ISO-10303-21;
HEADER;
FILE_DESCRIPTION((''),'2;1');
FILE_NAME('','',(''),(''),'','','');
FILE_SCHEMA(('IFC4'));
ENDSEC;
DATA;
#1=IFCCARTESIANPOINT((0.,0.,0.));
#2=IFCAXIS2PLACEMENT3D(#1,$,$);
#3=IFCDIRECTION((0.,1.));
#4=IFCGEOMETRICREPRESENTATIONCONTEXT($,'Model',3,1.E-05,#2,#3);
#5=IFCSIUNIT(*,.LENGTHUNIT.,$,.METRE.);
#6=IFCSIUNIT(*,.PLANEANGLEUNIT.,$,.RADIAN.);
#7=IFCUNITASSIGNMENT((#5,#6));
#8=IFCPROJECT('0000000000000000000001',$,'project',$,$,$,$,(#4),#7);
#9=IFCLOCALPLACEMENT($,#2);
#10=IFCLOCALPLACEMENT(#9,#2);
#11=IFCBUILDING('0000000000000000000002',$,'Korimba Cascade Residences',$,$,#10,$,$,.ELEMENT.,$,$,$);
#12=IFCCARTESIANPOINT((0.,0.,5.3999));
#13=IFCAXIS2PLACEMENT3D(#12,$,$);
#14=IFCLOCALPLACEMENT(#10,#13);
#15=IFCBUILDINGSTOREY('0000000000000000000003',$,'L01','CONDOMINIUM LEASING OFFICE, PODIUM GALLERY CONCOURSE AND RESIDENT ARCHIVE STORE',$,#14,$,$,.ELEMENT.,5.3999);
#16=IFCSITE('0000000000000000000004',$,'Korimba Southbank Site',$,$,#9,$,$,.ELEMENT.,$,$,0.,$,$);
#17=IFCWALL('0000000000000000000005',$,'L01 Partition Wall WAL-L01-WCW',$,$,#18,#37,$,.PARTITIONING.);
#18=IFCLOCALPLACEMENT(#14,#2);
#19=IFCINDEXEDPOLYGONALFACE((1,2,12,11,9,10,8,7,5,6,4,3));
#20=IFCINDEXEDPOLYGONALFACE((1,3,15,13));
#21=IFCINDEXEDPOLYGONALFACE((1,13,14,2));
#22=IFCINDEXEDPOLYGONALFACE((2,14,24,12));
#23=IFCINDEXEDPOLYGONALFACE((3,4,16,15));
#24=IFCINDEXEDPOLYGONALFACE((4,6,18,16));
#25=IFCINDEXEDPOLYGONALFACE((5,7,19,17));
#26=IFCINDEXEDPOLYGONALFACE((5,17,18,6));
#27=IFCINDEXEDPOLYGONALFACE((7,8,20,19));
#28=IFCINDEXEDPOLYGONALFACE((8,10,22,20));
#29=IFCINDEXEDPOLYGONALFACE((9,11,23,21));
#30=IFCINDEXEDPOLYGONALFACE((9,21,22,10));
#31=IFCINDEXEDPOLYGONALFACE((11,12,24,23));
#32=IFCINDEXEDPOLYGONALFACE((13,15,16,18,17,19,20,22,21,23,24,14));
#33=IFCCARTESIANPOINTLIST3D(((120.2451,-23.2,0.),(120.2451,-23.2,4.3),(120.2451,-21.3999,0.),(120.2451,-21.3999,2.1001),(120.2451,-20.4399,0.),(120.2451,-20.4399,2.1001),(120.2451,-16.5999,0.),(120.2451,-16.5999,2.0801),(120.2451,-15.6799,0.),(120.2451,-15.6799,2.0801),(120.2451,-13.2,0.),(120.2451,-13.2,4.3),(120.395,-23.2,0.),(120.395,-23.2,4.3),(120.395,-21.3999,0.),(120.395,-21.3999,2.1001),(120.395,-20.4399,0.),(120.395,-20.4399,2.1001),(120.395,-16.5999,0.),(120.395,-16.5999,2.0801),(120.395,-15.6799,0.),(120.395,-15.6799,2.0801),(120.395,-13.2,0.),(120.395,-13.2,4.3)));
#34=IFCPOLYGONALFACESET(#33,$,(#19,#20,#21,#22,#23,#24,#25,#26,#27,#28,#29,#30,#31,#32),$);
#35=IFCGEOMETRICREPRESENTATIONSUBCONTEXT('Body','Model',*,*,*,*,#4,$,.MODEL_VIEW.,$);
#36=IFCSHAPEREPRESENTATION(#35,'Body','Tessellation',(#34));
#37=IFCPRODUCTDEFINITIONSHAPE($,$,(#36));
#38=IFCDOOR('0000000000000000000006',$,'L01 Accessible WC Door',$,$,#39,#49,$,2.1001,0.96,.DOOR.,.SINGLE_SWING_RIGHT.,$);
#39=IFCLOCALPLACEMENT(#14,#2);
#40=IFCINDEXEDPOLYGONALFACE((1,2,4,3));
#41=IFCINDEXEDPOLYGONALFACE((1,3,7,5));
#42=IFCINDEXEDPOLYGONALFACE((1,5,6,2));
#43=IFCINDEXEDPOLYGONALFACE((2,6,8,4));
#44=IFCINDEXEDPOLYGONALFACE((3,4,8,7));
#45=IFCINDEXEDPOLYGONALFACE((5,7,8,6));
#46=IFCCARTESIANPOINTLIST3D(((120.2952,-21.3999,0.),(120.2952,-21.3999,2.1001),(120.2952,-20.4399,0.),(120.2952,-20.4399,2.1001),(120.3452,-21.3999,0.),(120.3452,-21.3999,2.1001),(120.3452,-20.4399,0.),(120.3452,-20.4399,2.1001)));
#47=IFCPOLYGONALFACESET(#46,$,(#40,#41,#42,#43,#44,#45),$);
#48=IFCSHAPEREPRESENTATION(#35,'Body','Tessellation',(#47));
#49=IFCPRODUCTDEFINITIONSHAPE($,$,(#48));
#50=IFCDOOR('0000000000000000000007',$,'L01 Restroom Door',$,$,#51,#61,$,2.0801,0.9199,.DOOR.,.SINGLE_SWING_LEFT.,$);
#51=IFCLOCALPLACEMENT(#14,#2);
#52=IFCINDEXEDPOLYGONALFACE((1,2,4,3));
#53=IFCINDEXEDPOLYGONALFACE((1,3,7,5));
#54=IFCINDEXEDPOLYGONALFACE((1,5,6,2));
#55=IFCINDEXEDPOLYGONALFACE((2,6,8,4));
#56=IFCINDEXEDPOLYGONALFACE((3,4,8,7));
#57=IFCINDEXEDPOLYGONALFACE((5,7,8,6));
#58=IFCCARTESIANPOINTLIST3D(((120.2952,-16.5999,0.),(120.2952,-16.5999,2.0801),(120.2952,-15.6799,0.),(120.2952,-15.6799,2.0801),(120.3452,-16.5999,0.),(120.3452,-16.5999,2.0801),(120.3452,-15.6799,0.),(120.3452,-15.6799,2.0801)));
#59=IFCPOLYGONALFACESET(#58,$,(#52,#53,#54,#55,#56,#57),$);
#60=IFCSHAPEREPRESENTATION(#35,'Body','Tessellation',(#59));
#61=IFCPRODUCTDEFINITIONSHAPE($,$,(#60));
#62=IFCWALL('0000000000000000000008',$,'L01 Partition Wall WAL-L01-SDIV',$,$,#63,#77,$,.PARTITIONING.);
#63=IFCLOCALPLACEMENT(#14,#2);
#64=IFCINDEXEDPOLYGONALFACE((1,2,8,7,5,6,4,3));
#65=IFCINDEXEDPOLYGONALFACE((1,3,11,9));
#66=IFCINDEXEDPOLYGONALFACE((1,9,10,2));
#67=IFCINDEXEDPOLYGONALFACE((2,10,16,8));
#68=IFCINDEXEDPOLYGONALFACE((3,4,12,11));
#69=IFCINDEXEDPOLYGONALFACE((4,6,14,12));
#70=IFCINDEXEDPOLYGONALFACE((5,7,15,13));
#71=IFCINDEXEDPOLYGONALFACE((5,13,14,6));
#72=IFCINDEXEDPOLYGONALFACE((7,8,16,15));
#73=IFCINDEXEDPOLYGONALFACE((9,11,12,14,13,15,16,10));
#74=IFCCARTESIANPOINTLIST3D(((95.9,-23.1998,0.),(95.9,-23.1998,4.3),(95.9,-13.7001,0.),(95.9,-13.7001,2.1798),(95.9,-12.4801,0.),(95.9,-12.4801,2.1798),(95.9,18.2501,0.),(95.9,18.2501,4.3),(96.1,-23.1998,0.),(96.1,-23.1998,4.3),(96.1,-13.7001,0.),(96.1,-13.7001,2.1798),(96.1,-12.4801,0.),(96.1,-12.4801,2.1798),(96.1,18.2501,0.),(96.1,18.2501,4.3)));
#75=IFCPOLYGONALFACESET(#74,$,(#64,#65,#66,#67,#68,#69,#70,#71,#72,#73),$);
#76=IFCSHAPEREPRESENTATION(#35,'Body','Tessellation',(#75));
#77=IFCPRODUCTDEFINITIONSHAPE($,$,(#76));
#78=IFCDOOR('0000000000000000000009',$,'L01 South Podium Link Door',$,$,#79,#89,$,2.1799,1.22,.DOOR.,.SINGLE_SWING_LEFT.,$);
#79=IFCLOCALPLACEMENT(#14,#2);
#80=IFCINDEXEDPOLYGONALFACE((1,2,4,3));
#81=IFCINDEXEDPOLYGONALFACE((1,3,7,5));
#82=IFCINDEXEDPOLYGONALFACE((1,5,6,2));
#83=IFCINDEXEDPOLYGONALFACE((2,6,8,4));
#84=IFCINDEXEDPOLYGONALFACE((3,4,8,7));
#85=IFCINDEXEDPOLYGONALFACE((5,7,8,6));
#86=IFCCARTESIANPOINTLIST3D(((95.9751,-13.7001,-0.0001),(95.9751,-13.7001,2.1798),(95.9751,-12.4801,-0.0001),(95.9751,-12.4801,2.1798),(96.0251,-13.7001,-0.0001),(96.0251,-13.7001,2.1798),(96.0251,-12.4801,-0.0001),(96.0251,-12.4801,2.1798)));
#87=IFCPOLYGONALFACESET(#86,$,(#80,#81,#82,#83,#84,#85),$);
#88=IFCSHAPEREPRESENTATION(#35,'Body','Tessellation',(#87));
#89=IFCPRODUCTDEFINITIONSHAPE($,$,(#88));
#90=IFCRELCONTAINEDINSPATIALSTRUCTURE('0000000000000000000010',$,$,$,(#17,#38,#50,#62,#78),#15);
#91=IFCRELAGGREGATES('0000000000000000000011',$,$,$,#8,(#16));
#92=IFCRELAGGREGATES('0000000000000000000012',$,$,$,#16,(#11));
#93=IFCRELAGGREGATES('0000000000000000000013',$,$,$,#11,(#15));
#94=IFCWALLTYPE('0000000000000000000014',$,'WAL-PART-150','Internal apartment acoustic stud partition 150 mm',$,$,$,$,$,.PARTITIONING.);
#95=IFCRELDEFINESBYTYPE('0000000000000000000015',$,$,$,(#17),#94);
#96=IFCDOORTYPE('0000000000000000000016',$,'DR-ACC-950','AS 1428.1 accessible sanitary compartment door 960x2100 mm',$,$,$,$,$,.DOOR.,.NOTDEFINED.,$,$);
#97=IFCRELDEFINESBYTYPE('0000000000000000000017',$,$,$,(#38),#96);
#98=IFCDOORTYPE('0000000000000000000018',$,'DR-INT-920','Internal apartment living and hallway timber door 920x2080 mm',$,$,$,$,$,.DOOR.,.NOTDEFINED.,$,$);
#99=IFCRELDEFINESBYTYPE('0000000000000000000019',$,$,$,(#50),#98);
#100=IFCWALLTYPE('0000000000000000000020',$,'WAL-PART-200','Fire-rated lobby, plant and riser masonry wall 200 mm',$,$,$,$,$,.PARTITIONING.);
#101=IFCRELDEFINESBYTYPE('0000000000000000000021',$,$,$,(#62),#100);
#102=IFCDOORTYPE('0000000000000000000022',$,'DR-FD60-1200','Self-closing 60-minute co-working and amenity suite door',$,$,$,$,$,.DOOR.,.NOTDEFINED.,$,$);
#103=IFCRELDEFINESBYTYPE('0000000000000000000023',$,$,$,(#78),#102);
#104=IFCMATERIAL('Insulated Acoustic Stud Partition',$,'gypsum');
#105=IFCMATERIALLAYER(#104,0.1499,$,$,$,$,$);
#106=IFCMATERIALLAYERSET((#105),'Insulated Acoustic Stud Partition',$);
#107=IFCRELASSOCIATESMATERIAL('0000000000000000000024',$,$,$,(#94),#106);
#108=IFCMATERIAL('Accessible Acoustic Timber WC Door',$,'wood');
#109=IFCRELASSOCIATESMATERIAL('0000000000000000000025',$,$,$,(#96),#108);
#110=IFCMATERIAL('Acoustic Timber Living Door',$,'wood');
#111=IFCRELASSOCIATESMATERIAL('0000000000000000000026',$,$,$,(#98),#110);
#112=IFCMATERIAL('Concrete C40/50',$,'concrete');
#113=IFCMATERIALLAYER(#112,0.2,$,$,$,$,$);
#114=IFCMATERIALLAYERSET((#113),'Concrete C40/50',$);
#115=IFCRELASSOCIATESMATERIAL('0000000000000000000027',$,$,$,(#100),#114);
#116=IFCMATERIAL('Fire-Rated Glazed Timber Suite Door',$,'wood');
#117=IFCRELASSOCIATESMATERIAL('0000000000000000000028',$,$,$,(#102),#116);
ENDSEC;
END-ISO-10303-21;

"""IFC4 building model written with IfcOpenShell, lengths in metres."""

from ifc_helpers import new_model, si_unit, direction, frame, frame_2d, origin, place, context, subcontext, project, spatial, rectangle, extrude, material, layer, layer_set, type_object, element, fill, save


model = new_model("IFC4")

# Units and contexts
model_context = context("Model", 3, precision=1e-05, world=origin(), true_north=direction((0.0, 1.0)))
body_context = subcontext(model_context, "Body", "Model", "MODEL_VIEW")
ifc_project = project(units=[si_unit("LENGTHUNIT", "METRE"), si_unit("PLANEANGLEUNIT", "RADIAN")], contexts=[model_context])

# Site, building, storey
site_placement = place(None, origin())
site = spatial("IfcSite", under=ifc_project, at=site_placement, Name="Korimba Southbank Site", CompositionType="ELEMENT", RefElevation=0.0)
building_placement = place(site_placement, origin())
building = spatial("IfcBuilding", under=site, at=building_placement, Name="Korimba Cascade Residences", CompositionType="ELEMENT")
storey_placement = place(building_placement, frame((0.0, 0.0, 5.3999)))
storey = spatial("IfcBuildingStorey", under=building, at=storey_placement, Name="L01", Description="CONDOMINIUM LEASING OFFICE, PODIUM GALLERY CONCOURSE AND RESIDENT ARCHIVE STORE", CompositionType="ELEMENT", Elevation=5.3999)

# Wall, openings, doors
ifc_material_1 = material(Name="Insulated Acoustic Stud Partition", Category="gypsum")
ifc_layer_1 = layer(ifc_material_1, 0.1499)
ifc_layer_set_1 = layer_set([ifc_layer_1], Name="Insulated Acoustic Stud Partition")
wall_type_1 = type_object("IfcWallType", Name="WAL-PART-150", Description="Internal apartment acoustic stud partition 150 mm", PredefinedType="PARTITIONING", material=ifc_layer_set_1)
wall_1_placement = place(storey_placement, frame((120.3201, -23.2, 0.0), z_axis=(0.0, 0.0, 1.0), x_axis=(0.0, 1.0, 0.0)))
wall_1 = element("IfcWall", 1, at=wall_1_placement, inside=storey, type_object=wall_type_1, Name="L01 Partition Wall WAL-L01-WCW", PredefinedType="PARTITIONING", context=body_context, shape_type="SweptSolid", body=[
    extrude(rectangle(XDim=10.0, YDim=0.1499, at=frame_2d((5.0, 0.0))), origin(), (0.0, 0.0, 1.0), 4.3),
])
opening_1_placement = place(wall_1_placement, frame((1.8, 0.0, 0.0)))
opening_1 = element("IfcOpeningElement", 2, at=opening_1_placement, cuts=wall_1, PredefinedType="OPENING", context=body_context, shape_type="SweptSolid", body=[
    extrude(rectangle(XDim=0.96, YDim=2.1001, at=frame_2d((0.48, 1.05))), frame((0.0, 0.085, 0.0), z_axis=(0.0, -1.0, 0.0), x_axis=(1.0, 0.0, 0.0)), (0.0, 0.0, 1.0), 0.1699),
])
opening_2_placement = place(wall_1_placement, frame((6.6001, 0.0, 0.0)))
opening_2 = element("IfcOpeningElement", 3, at=opening_2_placement, cuts=wall_1, PredefinedType="OPENING", context=body_context, shape_type="SweptSolid", body=[
    extrude(rectangle(XDim=0.9199, YDim=2.0801, at=frame_2d((0.46, 1.04))), frame((0.0, 0.085, 0.0), z_axis=(0.0, -1.0, 0.0), x_axis=(1.0, 0.0, 0.0)), (0.0, 0.0, 1.0), 0.1699),
])
ifc_material_2 = material(Name="Accessible Acoustic Timber WC Door", Category="wood")
door_type_1 = type_object("IfcDoorType", Name="DR-ACC-950", Description="AS 1428.1 accessible sanitary compartment door 960x2100 mm", OperationType="NOTDEFINED", PredefinedType="DOOR", material=ifc_material_2)
door_1_placement = place(opening_1_placement, origin())
door_1 = element("IfcDoor", 4, at=door_1_placement, inside=storey, type_object=door_type_1, Name="L01 Accessible WC Door", OperationType="SINGLE_SWING_RIGHT", OverallHeight=2.1001, OverallWidth=0.96, PredefinedType="DOOR", context=body_context, shape_type="SweptSolid", body=[
    extrude(rectangle(XDim=0.96, YDim=2.1001, at=frame_2d((0.48, 1.05))), frame((0.0, 0.0249, 0.0), z_axis=(0.0, -1.0, 0.0), x_axis=(1.0, 0.0, 0.0)), (0.0, 0.0, 1.0), 0.05),
])
fill(opening_1, door_1)
ifc_material_3 = material(Name="Acoustic Timber Living Door", Category="wood")
door_type_2 = type_object("IfcDoorType", Name="DR-INT-920", Description="Internal apartment living and hallway timber door 920x2080 mm", OperationType="NOTDEFINED", PredefinedType="DOOR", material=ifc_material_3)
door_2_placement = place(opening_2_placement, origin())
door_2 = element("IfcDoor", 5, at=door_2_placement, inside=storey, type_object=door_type_2, Name="L01 Restroom Door", OperationType="SINGLE_SWING_LEFT", OverallHeight=2.0801, OverallWidth=0.9199, PredefinedType="DOOR", context=body_context, shape_type="SweptSolid", body=[
    extrude(rectangle(XDim=0.9199, YDim=2.0801, at=frame_2d((0.46, 1.04))), frame((0.0, 0.0249, 0.0), z_axis=(0.0, -1.0, 0.0), x_axis=(1.0, 0.0, 0.0)), (0.0, 0.0, 1.0), 0.05),
])
fill(opening_2, door_2)

# Wall, opening, door
ifc_material_4 = material(Name="Concrete C40/50", Category="concrete")
ifc_layer_2 = layer(ifc_material_4, 0.2)
ifc_layer_set_2 = layer_set([ifc_layer_2], Name="Concrete C40/50")
wall_type_2 = type_object("IfcWallType", Name="WAL-PART-200", Description="Fire-rated lobby, plant and riser masonry wall 200 mm", PredefinedType="PARTITIONING", material=ifc_layer_set_2)
wall_2_placement = place(storey_placement, frame((96.0, -23.2, 0.0), z_axis=(0.0, 0.0, 1.0), x_axis=(0.0, 1.0, 0.0)))
wall_2 = element("IfcWall", 6, at=wall_2_placement, inside=storey, type_object=wall_type_2, Name="L01 Partition Wall WAL-L01-SDIV", PredefinedType="PARTITIONING", context=body_context, shape_type="SweptSolid", body=[
    extrude(rectangle(XDim=41.45, YDim=0.2, at=frame_2d((20.7251, 0.0))), origin(), (0.0, 0.0, 1.0), 4.3),
])
opening_3_placement = place(wall_2_placement, frame((9.5, 0.0, 0.0)))
opening_3 = element("IfcOpeningElement", 7, at=opening_3_placement, cuts=wall_2, PredefinedType="OPENING", context=body_context, shape_type="SweptSolid", body=[
    extrude(rectangle(XDim=1.22, YDim=2.1799, at=frame_2d((0.6099, 1.0898))), frame((0.0, 0.1099, 0.0), z_axis=(0.0, -1.0, 0.0), x_axis=(1.0, 0.0, 0.0)), (0.0, 0.0, 1.0), 0.22),
])
ifc_material_5 = material(Name="Fire-Rated Glazed Timber Suite Door", Category="wood")
door_type_3 = type_object("IfcDoorType", Name="DR-FD60-1200", Description="Self-closing 60-minute co-working and amenity suite door", OperationType="NOTDEFINED", PredefinedType="DOOR", material=ifc_material_5)
door_3_placement = place(opening_3_placement, origin())
door_3 = element("IfcDoor", 8, at=door_3_placement, inside=storey, type_object=door_type_3, Name="L01 South Podium Link Door", OperationType="SINGLE_SWING_LEFT", OverallHeight=2.1799, OverallWidth=1.22, PredefinedType="DOOR", context=body_context, shape_type="SweptSolid", body=[
    extrude(rectangle(XDim=1.22, YDim=2.1799, at=frame_2d((0.6099, 1.0898))), frame((0.0, 0.0249, 0.0), z_axis=(0.0, -1.0, 0.0), x_axis=(1.0, 0.0, 0.0)), (0.0, 0.0, 1.0), 0.05),
])
fill(opening_3, door_3)

save(model, "model.ifc")
